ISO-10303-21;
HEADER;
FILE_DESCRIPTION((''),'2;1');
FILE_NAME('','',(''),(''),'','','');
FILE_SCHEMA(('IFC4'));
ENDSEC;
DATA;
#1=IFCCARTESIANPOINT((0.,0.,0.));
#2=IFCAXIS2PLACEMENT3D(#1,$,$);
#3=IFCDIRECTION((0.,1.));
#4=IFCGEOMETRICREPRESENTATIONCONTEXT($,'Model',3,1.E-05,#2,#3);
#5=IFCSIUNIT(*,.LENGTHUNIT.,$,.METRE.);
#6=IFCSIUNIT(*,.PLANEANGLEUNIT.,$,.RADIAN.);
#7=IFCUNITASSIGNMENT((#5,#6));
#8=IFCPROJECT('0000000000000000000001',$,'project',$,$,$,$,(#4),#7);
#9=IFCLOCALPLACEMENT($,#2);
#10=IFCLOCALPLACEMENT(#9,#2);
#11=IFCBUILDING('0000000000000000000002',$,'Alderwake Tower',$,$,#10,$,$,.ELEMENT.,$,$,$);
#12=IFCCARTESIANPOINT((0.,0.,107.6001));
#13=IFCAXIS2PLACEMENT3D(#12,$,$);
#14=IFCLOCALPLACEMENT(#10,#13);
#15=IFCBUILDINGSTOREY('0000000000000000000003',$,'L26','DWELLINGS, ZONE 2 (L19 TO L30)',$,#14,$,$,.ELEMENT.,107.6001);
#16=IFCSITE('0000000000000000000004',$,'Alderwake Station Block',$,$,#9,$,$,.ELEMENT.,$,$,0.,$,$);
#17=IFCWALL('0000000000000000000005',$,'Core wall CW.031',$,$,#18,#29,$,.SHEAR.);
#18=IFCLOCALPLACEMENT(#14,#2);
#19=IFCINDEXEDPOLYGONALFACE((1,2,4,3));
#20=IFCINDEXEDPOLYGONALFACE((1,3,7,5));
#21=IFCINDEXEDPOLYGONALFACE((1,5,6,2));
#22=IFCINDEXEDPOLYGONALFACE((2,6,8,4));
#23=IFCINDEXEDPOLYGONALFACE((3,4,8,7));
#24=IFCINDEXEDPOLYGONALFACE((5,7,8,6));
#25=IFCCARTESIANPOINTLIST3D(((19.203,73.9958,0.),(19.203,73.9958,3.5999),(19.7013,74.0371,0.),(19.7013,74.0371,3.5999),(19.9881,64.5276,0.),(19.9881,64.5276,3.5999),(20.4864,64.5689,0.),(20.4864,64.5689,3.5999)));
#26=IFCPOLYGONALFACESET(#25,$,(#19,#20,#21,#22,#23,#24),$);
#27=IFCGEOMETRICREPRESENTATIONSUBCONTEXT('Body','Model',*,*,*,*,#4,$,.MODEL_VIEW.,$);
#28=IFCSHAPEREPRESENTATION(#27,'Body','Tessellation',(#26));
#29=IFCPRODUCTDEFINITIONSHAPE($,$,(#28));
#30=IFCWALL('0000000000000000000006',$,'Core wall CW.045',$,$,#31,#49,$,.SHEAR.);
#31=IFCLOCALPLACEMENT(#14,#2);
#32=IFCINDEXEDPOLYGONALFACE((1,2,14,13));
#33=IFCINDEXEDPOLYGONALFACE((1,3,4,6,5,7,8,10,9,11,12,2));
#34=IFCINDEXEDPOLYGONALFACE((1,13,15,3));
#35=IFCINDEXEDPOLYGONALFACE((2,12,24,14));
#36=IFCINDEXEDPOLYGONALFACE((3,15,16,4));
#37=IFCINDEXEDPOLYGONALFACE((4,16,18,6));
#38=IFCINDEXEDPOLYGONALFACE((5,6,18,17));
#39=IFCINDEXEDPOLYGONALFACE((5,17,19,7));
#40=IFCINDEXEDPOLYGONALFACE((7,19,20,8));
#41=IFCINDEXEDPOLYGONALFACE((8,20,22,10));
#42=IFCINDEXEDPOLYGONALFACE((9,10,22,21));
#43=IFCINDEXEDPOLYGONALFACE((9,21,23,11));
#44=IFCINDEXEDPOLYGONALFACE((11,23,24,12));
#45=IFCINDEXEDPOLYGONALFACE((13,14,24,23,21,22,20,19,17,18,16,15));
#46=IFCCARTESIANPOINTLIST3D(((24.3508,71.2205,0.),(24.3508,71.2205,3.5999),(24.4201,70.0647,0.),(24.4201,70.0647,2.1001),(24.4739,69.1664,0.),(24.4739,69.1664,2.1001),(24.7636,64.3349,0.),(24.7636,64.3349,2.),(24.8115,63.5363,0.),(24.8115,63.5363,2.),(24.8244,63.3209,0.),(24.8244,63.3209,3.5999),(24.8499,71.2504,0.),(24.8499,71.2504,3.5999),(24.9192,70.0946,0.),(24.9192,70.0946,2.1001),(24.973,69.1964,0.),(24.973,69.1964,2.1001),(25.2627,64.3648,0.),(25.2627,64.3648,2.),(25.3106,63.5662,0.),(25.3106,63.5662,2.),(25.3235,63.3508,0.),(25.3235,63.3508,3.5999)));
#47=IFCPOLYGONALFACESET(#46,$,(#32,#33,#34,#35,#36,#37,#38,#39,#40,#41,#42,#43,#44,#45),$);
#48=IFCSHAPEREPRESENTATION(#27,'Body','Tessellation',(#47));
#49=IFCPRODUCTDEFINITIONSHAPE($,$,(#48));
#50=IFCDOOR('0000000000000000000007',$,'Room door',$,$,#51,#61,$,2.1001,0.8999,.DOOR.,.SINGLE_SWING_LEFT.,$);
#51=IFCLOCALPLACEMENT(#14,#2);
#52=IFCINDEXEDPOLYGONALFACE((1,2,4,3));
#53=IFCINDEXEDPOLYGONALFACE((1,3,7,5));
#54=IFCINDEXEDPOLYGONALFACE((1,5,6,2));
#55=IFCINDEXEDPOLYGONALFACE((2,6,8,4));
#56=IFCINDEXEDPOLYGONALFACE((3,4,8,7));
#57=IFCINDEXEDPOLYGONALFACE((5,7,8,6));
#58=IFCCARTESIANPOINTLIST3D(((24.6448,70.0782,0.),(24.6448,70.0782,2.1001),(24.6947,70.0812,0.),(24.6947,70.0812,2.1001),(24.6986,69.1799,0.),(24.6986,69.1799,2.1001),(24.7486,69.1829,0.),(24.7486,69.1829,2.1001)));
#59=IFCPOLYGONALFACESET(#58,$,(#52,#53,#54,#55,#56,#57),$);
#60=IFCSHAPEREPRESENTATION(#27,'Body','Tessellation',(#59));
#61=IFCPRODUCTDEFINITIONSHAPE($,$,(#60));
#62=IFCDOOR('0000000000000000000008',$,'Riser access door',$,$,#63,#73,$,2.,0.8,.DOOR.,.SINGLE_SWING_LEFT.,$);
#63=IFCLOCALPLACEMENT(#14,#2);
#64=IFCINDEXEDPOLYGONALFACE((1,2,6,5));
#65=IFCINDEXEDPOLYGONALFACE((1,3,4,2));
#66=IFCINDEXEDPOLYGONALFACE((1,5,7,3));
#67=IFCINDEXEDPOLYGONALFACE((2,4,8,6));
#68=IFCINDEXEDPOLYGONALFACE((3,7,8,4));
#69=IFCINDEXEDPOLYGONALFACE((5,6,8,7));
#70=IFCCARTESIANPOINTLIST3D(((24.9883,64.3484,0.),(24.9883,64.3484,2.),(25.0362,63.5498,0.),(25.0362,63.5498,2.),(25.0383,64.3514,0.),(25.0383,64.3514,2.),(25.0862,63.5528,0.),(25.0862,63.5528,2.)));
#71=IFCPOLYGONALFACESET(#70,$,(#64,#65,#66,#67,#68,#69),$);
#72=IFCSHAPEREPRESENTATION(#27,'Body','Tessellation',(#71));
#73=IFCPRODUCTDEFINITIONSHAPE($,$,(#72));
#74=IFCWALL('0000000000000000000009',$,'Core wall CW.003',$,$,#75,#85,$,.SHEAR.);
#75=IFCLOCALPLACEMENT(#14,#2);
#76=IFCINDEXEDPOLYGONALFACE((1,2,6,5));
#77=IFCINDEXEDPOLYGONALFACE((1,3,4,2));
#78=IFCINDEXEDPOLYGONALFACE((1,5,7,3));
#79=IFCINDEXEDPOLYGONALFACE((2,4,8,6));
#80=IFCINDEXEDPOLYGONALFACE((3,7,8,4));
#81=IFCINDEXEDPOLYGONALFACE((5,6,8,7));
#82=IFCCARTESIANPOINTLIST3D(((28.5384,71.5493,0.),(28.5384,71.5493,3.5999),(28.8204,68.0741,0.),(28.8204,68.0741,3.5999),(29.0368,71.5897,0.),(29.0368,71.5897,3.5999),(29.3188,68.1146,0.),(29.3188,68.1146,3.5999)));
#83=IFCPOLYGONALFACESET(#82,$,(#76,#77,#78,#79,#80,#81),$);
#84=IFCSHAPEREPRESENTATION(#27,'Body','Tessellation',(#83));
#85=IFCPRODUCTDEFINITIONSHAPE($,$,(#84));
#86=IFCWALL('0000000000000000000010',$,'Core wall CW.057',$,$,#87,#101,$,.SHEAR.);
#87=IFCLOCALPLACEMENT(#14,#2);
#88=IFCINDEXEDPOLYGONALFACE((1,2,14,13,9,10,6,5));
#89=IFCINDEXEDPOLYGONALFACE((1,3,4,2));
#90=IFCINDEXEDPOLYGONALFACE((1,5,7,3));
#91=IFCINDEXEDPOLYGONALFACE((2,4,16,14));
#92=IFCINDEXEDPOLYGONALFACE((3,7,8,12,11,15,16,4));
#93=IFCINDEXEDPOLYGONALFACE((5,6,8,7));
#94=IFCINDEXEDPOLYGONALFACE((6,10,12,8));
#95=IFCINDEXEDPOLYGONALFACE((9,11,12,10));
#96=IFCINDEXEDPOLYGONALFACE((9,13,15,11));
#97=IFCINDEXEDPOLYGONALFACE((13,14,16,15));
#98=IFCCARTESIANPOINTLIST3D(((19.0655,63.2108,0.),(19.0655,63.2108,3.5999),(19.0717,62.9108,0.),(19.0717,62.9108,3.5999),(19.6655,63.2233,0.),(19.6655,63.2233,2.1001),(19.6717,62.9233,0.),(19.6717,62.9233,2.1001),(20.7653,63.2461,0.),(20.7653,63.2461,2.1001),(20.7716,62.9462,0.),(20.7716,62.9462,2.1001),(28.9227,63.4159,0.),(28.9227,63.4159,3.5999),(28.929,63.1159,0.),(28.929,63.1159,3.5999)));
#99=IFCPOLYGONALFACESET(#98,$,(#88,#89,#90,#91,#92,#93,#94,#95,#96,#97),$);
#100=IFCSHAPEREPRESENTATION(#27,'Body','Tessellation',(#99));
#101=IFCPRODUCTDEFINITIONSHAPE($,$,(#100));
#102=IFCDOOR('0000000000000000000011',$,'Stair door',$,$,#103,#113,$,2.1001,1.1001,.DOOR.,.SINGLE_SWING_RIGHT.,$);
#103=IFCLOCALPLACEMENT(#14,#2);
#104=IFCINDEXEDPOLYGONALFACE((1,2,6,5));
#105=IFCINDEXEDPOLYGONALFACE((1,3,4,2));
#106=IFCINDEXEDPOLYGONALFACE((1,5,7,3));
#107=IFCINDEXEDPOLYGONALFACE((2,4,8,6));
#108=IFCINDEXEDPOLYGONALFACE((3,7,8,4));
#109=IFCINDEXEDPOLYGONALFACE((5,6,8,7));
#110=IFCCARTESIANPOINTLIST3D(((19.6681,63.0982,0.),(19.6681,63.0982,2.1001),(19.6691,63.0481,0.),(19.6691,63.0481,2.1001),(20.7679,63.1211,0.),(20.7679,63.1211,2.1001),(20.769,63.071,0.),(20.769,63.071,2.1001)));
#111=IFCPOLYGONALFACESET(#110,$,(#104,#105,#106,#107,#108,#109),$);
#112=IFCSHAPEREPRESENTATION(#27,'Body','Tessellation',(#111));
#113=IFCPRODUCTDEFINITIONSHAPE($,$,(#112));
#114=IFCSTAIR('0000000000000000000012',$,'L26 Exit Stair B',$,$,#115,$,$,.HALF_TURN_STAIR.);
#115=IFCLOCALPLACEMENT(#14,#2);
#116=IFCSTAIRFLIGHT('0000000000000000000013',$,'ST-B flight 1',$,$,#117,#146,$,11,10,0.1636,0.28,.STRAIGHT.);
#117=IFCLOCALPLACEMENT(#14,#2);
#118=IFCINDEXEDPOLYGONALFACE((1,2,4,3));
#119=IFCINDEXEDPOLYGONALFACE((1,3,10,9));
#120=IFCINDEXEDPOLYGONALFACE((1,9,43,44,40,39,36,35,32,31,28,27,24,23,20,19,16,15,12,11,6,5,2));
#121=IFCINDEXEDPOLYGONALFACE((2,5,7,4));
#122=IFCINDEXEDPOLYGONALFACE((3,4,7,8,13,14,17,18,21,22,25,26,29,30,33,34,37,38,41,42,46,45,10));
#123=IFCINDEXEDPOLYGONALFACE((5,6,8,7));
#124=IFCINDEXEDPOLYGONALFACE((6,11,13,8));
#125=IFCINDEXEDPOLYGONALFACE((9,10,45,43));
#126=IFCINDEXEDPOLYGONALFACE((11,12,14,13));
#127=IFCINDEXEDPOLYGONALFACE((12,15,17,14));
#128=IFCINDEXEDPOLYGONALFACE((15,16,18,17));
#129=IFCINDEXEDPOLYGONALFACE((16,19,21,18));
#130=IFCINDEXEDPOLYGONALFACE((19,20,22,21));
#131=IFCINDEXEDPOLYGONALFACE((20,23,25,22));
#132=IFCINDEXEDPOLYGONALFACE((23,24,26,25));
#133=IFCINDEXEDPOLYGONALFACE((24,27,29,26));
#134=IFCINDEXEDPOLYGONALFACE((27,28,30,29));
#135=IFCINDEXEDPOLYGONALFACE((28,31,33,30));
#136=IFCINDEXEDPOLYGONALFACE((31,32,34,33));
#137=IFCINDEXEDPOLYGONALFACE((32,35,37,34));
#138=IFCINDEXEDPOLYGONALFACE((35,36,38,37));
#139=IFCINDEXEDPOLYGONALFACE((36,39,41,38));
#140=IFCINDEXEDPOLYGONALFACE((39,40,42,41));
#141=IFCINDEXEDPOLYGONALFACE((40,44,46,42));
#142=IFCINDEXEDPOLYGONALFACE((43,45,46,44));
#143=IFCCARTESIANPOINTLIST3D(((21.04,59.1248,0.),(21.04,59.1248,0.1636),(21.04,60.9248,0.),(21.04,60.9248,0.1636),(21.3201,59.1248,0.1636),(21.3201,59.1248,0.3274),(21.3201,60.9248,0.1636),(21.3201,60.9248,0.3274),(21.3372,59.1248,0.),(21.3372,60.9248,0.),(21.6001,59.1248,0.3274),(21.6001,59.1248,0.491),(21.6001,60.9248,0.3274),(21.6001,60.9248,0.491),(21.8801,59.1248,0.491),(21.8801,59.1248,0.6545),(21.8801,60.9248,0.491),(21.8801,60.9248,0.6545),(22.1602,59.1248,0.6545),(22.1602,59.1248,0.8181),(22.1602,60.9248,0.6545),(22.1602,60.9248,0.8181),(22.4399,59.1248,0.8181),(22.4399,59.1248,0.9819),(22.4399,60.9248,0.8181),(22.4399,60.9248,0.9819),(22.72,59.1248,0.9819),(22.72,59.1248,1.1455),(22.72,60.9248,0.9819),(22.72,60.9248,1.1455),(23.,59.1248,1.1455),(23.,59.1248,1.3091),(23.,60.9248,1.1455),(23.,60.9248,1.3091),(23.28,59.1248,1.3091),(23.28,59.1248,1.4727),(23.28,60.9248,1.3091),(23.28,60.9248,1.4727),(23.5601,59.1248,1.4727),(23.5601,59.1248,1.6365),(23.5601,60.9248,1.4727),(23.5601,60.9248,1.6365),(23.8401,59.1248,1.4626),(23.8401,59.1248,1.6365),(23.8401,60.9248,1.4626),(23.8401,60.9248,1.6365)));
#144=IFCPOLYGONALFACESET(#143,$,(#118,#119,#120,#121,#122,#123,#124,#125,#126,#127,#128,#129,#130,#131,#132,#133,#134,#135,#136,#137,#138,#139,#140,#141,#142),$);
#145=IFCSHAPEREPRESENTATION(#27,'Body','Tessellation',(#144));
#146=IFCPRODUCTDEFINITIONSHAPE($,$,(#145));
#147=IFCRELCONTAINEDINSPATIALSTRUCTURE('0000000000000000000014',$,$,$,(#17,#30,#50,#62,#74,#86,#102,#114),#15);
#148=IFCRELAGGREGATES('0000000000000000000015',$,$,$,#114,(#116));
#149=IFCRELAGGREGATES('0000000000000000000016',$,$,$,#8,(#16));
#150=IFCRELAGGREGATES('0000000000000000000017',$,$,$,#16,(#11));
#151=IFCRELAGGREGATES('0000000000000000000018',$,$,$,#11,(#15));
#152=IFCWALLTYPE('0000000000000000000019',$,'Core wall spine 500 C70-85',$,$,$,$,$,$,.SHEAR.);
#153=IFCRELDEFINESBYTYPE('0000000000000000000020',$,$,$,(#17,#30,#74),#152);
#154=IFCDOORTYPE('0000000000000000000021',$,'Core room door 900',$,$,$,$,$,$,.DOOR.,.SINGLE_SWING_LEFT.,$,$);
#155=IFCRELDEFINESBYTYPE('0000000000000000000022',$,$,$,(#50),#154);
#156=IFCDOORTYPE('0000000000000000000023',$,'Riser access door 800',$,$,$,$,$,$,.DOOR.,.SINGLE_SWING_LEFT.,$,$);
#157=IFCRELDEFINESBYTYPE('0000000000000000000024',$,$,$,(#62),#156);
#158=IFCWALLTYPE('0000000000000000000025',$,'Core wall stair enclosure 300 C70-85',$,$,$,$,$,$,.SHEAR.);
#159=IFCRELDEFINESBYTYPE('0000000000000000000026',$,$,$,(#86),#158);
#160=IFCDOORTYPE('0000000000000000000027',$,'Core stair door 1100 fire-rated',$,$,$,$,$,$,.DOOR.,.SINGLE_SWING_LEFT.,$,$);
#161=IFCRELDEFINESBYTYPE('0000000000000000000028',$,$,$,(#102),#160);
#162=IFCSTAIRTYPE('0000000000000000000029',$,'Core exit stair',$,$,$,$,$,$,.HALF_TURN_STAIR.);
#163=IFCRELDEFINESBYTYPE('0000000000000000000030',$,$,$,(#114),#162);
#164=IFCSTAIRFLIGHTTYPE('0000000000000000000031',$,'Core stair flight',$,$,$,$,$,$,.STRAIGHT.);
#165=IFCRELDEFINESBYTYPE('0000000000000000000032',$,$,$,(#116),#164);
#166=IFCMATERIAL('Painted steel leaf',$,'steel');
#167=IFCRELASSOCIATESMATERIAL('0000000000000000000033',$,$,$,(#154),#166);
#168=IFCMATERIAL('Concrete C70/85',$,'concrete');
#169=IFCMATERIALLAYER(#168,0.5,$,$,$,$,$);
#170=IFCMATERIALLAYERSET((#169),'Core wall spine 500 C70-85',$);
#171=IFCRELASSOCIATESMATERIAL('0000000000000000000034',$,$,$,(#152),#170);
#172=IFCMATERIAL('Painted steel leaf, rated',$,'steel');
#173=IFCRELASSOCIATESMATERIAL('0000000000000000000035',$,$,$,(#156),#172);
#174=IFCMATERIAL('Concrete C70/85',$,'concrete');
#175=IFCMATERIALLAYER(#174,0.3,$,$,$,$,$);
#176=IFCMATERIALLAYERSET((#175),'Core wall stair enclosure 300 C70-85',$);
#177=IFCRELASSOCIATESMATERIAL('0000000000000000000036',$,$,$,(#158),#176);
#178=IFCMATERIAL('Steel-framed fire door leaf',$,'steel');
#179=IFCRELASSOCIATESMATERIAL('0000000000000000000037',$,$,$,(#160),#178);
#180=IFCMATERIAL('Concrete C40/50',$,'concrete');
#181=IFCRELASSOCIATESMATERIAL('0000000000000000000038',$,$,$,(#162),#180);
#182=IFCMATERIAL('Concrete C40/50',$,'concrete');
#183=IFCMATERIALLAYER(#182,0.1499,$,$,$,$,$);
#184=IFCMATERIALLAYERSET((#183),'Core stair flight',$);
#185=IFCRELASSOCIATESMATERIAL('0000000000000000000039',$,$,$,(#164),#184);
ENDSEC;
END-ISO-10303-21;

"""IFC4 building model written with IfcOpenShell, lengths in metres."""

from ifc_helpers import new_model, si_unit, direction, frame, frame_2d, origin, place, context, subcontext, project, spatial, polyline, rectangle, outline, extrude, material, layer, layer_set, type_object, element, fill, aggregate, save


model = new_model("IFC4")

# Units and contexts
model_context = context("Model", 3, precision=1e-05, world=origin(), true_north=direction((0.0, 1.0)))
body_context = subcontext(model_context, "Body", "Model", "MODEL_VIEW")
ifc_project = project(units=[si_unit("LENGTHUNIT", "METRE"), si_unit("PLANEANGLEUNIT", "RADIAN")], contexts=[model_context])

# Site, building, storey
site_placement = place(None, origin())
site = spatial("IfcSite", under=ifc_project, at=site_placement, Name="Alderwake Station Block", CompositionType="ELEMENT", RefElevation=0.0)
building_placement = place(site_placement, origin())
building = spatial("IfcBuilding", under=site, at=building_placement, Name="Alderwake Tower", CompositionType="ELEMENT")
storey_placement = place(building_placement, frame((0.0, 0.0, 107.6001)))
storey = spatial("IfcBuildingStorey", under=building, at=storey_placement, Name="L26", Description="DWELLINGS, ZONE 2 (L19 TO L30)", CompositionType="ELEMENT", Elevation=107.6001)

# Shared definitions
ifc_material_1 = material(Name="Painted steel leaf", Category="steel")
door_type_1 = type_object("IfcDoorType", Name="Core room door 900", OperationType="SINGLE_SWING_LEFT", PredefinedType="DOOR", material=ifc_material_1)

# Wall
ifc_material_2 = material(Name="Concrete C70/85", Category="concrete")
ifc_layer_1 = layer(ifc_material_2, 0.5)
ifc_layer_set_1 = layer_set([ifc_layer_1], Name="Core wall spine 500 C70-85")
wall_type_1 = type_object("IfcWallType", Name="Core wall spine 500 C70-85", PredefinedType="SHEAR", material=ifc_layer_set_1)
wall_1_placement = place(storey_placement, frame((20.2373, 64.5481, 0.0), z_axis=(0.0, 0.0, 1.0), x_axis=(-0.082641, 0.996579, 0.0)))
element("IfcWall", 1, at=wall_1_placement, inside=storey, type_object=wall_type_1, Name="Core wall CW.031", PredefinedType="SHEAR", context=body_context, shape_type="SweptSolid", body=[
    extrude(rectangle(XDim=9.5007, YDim=0.5, at=frame_2d((4.7505, 0.0))), origin(), (0.0, 0.0, 1.0), 3.5999),
])

# Wall, openings, doors
wall_2_placement = place(storey_placement, frame((25.074, 63.3357, 0.0), z_axis=(0.0, 0.0, 1.0), x_axis=(-0.059849, 0.998207, 0.0)))
wall_2 = element("IfcWall", 2, at=wall_2_placement, inside=storey, type_object=wall_type_1, Name="Core wall CW.045", PredefinedType="SHEAR", context=body_context, shape_type="SweptSolid", body=[
    extrude(rectangle(XDim=7.9138, YDim=0.5, at=frame_2d((3.957, 0.0))), origin(), (0.0, 0.0, 1.0), 3.5999),
])
opening_1_placement = place(wall_2_placement, frame((0.2161, 0.0, 0.0)))
opening_1 = element("IfcOpeningElement", 3, at=opening_1_placement, cuts=wall_2, PredefinedType="OPENING", context=body_context, shape_type="SweptSolid", body=[
    extrude(rectangle(XDim=0.8, YDim=2.0, at=frame_2d((0.3999, 1.0))), frame((0.0, 0.26, 0.0), z_axis=(0.0, -1.0, 0.0), x_axis=(1.0, 0.0, 0.0)), (0.0, 0.0, 1.0), 0.52),
])
opening_2_placement = place(wall_2_placement, frame((5.8562, 0.0, 0.0)))
opening_2 = element("IfcOpeningElement", 4, at=opening_2_placement, cuts=wall_2, PredefinedType="OPENING", context=body_context, shape_type="SweptSolid", body=[
    extrude(rectangle(XDim=0.8999, YDim=2.1001, at=frame_2d((0.45, 1.05))), frame((0.0, 0.26, 0.0), z_axis=(0.0, -1.0, 0.0), x_axis=(1.0, 0.0, 0.0)), (0.0, 0.0, 1.0), 0.52),
])
door_1_placement = place(opening_2_placement, origin())
door_1 = element("IfcDoor", 5, at=door_1_placement, inside=storey, type_object=door_type_1, Name="Room door", OperationType="SINGLE_SWING_LEFT", OverallHeight=2.1001, OverallWidth=0.8999, PredefinedType="DOOR", context=body_context, shape_type="SweptSolid", body=[
    extrude(rectangle(XDim=0.8999, YDim=2.1001, at=frame_2d((0.45, 1.05))), frame((0.0, 0.0249, 0.0), z_axis=(0.0, -1.0, 0.0), x_axis=(1.0, 0.0, 0.0)), (0.0, 0.0, 1.0), 0.05),
])
fill(opening_2, door_1)
ifc_material_3 = material(Name="Painted steel leaf, rated", Category="steel")
door_type_2 = type_object("IfcDoorType", Name="Riser access door 800", OperationType="SINGLE_SWING_LEFT", PredefinedType="DOOR", material=ifc_material_3)
door_2_placement = place(opening_1_placement, origin())
door_2 = element("IfcDoor", 6, at=door_2_placement, inside=storey, type_object=door_type_2, Name="Riser access door", OperationType="SINGLE_SWING_LEFT", OverallHeight=2.0, OverallWidth=0.8, PredefinedType="DOOR", context=body_context, shape_type="SweptSolid", body=[
    extrude(rectangle(XDim=0.8, YDim=2.0, at=frame_2d((0.3999, 1.0))), frame((0.0, 0.0249, 0.0), z_axis=(0.0, -1.0, 0.0), x_axis=(1.0, 0.0, 0.0)), (0.0, 0.0, 1.0), 0.05),
])
fill(opening_1, door_2)

# Wall
wall_3_placement = place(storey_placement, frame((29.0696, 68.0945, 0.0), z_axis=(0.0, 0.0, 1.0), x_axis=(-0.080878, 0.996724, 0.0)))
element("IfcWall", 7, at=wall_3_placement, inside=storey, type_object=wall_type_1, Name="Core wall CW.003", PredefinedType="SHEAR", context=body_context, shape_type="SweptSolid", body=[
    extrude(rectangle(XDim=3.4866, YDim=0.5, at=frame_2d((1.7432, 0.0))), origin(), (0.0, 0.0, 1.0), 3.5999),
])

# Wall, opening, door
ifc_material_4 = material(Name="Concrete C70/85", Category="concrete")
ifc_layer_2 = layer(ifc_material_4, 0.3)
ifc_layer_set_2 = layer_set([ifc_layer_2], Name="Core wall stair enclosure 300 C70-85")
wall_type_2 = type_object("IfcWallType", Name="Core wall stair enclosure 300 C70-85", PredefinedType="SHEAR", material=ifc_layer_set_2)
wall_4_placement = place(storey_placement, frame((19.0686, 63.0608, 0.0), z_axis=(0.0, 0.0, 1.0), x_axis=(0.999784, 0.0208, 0.0)))
wall_4 = element("IfcWall", 8, at=wall_4_placement, inside=storey, type_object=wall_type_2, Name="Core wall CW.057", PredefinedType="SHEAR", context=body_context, shape_type="SweptSolid", body=[
    extrude(rectangle(XDim=9.8594, YDim=0.3, at=frame_2d((4.9297, 0.0))), origin(), (0.0, 0.0, 1.0), 3.5999),
])
opening_3_placement = place(wall_4_placement, frame((0.6001, 0.0, 0.0)))
opening_3 = element("IfcOpeningElement", 9, at=opening_3_placement, cuts=wall_4, PredefinedType="OPENING", context=body_context, shape_type="SweptSolid", body=[
    extrude(rectangle(XDim=1.1001, YDim=2.1001, at=frame_2d((0.55, 1.05))), frame((0.0, 0.1599, 0.0), z_axis=(0.0, -1.0, 0.0), x_axis=(1.0, 0.0, 0.0)), (0.0, 0.0, 1.0), 0.3201),
])
ifc_material_5 = material(Name="Steel-framed fire door leaf", Category="steel")
door_type_3 = type_object("IfcDoorType", Name="Core stair door 1100 fire-rated", OperationType="SINGLE_SWING_LEFT", PredefinedType="DOOR", material=ifc_material_5)
door_3_placement = place(opening_3_placement, origin())
door_3 = element("IfcDoor", 10, at=door_3_placement, inside=storey, type_object=door_type_3, Name="Stair door", OperationType="SINGLE_SWING_RIGHT", OverallHeight=2.1001, OverallWidth=1.1001, PredefinedType="DOOR", context=body_context, shape_type="SweptSolid", body=[
    extrude(rectangle(XDim=1.1001, YDim=2.1001, at=frame_2d((0.55, 1.05))), frame((0.0, 0.0249, 0.0), z_axis=(0.0, -1.0, 0.0), x_axis=(1.0, 0.0, 0.0)), (0.0, 0.0, 1.0), 0.05),
])
fill(opening_3, door_3)

# Stair, stair flight
ifc_material_6 = material(Name="Concrete C40/50", Category="concrete")
stair_type = type_object("IfcStairType", Name="Core exit stair", PredefinedType="HALF_TURN_STAIR", material=ifc_material_6)
stair_placement = place(storey_placement, origin())
stair = element("IfcStair", 11, at=stair_placement, inside=storey, type_object=stair_type, Name="L26 Exit Stair B", PredefinedType="HALF_TURN_STAIR")
ifc_material_7 = material(Name="Concrete C40/50", Category="concrete")
ifc_layer_3 = layer(ifc_material_7, 0.1499)
ifc_layer_set_3 = layer_set([ifc_layer_3], Name="Core stair flight")
stair_flight_type = type_object("IfcStairFlightType", Name="Core stair flight", PredefinedType="STRAIGHT", material=ifc_layer_set_3)
stair_flight_1_placement = place(storey_placement, frame((21.04, 60.0249, 0.0), z_axis=(0.0, 0.0, 1.0), x_axis=(1.0, 0.0, 0.0)))
stair_flight_1 = element("IfcStairFlight", 12, at=stair_flight_1_placement, type_object=stair_flight_type, Name="ST-B flight 1", NumberOfRisers=11, NumberOfTreads=10, PredefinedType="STRAIGHT", RiserHeight=0.1636, TreadLength=0.28, context=body_context, shape_type="SweptSolid", body=[
    extrude(outline(polyline([(0.0, 0.0), (0.0, 0.1636), (0.28, 0.1636), (0.28, 0.3274), (0.5601, 0.3274), (0.5601, 0.491), (0.8401, 0.491), (0.8401, 0.6545), (1.1201, 0.6545), (1.1201, 0.8181), (1.3999, 0.8181), (1.3999, 0.9819), (1.6799, 0.9819), (1.6799, 1.1455), (1.96, 1.1455), (1.96, 1.3091), (2.24, 1.3091), (2.24, 1.4727), (2.52, 1.4727), (2.52, 1.6365), (2.8, 1.6365), (2.8, 1.8), (2.8, 1.4626), (0.2971, 0.0), (0.0, 0.0)])), frame((0.0, 0.8999, 0.0), z_axis=(0.0, -1.0, 0.0), x_axis=(1.0, 0.0, 0.0)), (0.0, 0.0, 1.0), 1.8),
])
aggregate(stair, [stair_flight_1])

save(model, "model.ifc")
